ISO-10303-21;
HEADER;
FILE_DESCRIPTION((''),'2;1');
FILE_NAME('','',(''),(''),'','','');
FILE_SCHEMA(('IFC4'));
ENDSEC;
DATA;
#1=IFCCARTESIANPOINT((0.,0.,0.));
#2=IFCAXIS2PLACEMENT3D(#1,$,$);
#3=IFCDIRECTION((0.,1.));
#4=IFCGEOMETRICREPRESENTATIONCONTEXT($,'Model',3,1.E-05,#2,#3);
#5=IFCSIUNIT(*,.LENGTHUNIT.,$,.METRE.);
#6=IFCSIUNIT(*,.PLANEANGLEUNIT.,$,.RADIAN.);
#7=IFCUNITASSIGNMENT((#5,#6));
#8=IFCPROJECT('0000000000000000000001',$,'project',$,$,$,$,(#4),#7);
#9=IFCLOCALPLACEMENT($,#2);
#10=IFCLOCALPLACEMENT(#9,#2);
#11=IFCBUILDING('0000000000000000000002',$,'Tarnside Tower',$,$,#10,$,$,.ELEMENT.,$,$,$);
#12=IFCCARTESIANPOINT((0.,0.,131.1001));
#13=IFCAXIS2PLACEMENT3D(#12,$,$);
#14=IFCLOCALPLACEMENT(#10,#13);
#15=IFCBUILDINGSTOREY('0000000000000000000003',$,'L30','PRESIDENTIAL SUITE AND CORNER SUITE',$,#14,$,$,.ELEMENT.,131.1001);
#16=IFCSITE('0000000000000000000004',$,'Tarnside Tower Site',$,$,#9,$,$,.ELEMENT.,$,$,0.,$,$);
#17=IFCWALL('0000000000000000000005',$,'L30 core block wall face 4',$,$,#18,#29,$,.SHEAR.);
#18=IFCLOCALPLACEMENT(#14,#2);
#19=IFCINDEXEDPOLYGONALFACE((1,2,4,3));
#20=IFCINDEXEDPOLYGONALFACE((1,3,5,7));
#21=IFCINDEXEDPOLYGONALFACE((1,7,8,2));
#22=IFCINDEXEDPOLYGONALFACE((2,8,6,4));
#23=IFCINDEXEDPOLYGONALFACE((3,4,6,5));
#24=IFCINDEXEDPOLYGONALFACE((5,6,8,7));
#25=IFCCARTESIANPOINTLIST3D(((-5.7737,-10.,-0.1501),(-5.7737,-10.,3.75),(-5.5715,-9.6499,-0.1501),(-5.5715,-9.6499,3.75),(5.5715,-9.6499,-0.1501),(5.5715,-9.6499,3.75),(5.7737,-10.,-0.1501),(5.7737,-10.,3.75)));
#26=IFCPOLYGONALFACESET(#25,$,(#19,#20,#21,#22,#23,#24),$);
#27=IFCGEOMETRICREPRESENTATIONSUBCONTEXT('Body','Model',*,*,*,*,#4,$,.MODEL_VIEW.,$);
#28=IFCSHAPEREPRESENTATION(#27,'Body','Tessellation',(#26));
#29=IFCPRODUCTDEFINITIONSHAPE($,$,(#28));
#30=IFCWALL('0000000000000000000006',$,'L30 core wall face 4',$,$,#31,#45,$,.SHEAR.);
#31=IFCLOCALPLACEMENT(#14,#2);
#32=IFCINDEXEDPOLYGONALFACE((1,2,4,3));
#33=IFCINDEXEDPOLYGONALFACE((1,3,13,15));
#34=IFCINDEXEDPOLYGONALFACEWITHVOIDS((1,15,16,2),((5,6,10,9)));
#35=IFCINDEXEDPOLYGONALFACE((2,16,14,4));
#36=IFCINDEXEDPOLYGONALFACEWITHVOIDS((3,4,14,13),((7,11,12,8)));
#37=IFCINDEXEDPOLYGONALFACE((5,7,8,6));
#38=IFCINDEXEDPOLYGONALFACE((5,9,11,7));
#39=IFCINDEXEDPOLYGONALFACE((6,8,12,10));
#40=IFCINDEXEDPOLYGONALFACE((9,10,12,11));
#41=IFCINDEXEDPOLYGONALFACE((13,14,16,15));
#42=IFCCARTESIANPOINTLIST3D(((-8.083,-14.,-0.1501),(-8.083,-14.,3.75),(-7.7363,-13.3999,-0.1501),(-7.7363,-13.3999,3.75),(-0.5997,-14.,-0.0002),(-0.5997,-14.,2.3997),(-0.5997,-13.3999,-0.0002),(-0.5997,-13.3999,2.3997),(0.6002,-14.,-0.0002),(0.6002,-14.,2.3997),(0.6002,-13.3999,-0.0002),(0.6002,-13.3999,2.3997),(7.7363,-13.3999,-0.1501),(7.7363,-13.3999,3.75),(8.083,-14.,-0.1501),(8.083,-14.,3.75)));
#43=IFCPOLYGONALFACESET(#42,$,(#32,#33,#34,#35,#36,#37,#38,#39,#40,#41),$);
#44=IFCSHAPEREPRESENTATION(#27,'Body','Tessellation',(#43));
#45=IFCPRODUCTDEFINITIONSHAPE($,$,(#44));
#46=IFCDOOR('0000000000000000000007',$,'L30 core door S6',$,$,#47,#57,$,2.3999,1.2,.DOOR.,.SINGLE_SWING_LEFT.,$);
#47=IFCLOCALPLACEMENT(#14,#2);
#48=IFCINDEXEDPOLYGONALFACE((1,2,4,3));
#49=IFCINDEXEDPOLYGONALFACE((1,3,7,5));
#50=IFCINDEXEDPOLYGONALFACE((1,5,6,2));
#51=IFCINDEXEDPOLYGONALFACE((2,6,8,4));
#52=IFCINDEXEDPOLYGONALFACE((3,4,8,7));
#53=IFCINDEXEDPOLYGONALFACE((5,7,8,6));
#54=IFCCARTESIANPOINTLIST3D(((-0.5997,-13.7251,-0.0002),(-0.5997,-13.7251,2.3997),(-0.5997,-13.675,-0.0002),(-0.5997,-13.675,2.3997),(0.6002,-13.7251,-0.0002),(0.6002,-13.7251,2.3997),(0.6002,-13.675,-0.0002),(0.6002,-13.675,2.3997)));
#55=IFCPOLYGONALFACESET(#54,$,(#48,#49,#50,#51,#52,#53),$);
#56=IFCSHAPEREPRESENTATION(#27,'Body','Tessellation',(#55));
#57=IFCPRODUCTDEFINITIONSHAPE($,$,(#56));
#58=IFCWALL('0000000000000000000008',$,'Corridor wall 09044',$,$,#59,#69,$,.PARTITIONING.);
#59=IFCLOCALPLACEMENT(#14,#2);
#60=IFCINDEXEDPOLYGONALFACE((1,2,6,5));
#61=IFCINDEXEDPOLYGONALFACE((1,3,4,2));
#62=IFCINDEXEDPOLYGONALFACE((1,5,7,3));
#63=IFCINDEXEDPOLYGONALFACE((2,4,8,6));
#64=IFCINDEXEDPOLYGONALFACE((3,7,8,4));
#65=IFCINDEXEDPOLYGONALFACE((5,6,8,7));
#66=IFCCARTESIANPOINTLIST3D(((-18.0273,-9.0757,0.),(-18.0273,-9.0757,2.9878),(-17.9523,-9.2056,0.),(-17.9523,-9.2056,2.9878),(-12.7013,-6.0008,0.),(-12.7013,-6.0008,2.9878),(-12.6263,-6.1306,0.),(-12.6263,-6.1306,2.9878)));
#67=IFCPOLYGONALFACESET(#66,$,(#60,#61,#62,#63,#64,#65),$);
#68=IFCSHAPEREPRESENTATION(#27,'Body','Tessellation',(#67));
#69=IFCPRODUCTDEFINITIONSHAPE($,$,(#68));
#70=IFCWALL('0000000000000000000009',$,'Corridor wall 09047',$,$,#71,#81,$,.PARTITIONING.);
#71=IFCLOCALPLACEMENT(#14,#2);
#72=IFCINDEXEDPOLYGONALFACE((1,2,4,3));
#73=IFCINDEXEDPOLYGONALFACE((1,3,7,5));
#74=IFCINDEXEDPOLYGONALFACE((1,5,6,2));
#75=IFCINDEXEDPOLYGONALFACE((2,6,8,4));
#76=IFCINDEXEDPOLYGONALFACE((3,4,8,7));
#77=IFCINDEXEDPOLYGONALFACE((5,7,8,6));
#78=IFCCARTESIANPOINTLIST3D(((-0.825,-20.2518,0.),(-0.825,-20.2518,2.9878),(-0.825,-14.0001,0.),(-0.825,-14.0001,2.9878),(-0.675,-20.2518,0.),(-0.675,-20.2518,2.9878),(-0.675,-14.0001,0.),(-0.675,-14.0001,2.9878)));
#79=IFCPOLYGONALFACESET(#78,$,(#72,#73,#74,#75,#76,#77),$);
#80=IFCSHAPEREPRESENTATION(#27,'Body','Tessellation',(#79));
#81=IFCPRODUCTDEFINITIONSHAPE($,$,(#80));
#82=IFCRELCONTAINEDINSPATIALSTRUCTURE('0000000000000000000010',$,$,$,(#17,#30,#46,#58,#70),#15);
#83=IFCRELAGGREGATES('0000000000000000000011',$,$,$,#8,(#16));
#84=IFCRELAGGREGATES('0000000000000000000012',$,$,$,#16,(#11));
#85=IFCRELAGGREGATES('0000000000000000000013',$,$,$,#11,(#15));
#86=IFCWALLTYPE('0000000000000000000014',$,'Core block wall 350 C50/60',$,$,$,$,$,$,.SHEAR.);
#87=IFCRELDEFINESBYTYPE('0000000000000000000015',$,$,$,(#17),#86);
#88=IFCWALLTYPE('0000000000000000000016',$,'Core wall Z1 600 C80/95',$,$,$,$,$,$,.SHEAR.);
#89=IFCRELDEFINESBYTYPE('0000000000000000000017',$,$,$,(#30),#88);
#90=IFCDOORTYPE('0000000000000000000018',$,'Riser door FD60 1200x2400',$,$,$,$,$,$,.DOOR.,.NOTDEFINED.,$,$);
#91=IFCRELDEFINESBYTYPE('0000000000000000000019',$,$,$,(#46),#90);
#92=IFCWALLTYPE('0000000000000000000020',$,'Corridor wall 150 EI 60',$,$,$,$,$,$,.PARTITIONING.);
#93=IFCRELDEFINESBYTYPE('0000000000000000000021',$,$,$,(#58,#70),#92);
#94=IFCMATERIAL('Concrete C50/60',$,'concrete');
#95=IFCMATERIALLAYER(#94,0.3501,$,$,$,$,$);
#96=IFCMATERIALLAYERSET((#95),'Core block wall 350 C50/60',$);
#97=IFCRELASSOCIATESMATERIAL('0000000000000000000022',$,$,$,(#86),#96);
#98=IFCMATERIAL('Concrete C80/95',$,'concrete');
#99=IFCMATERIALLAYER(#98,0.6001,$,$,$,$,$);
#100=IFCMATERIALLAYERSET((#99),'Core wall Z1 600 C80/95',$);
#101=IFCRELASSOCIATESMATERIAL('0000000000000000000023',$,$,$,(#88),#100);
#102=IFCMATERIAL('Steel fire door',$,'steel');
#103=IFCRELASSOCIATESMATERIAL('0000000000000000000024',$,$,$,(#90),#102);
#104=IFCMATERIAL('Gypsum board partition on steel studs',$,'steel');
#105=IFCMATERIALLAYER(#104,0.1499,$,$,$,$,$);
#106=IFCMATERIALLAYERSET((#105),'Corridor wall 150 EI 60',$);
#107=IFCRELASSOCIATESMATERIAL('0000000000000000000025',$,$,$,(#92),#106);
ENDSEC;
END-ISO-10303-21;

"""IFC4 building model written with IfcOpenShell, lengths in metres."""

from ifc_helpers import new_model, si_unit, direction, frame, frame_2d, origin, place, context, subcontext, project, spatial, polyline, rectangle, outline, extrude, material, layer, layer_set, type_object, element, fill, save


model = new_model("IFC4")

# Units and contexts
model_context = context("Model", 3, precision=1e-05, world=origin(), true_north=direction((0.0, 1.0)))
body_context = subcontext(model_context, "Body", "Model", "MODEL_VIEW")
ifc_project = project(units=[si_unit("LENGTHUNIT", "METRE"), si_unit("PLANEANGLEUNIT", "RADIAN")], contexts=[model_context])

# Site, building, storey
site_placement = place(None, origin())
site = spatial("IfcSite", under=ifc_project, at=site_placement, Name="Tarnside Tower Site", CompositionType="ELEMENT", RefElevation=0.0)
building_placement = place(site_placement, origin())
building = spatial("IfcBuilding", under=site, at=building_placement, Name="Tarnside Tower", CompositionType="ELEMENT")
storey_placement = place(building_placement, frame((0.0, 0.0, 131.1001)))
storey = spatial("IfcBuildingStorey", under=building, at=storey_placement, Name="L30", Description="PRESIDENTIAL SUITE AND CORNER SUITE", CompositionType="ELEMENT", Elevation=131.1001)

# Wall
ifc_material_1 = material(Name="Concrete C50/60", Category="concrete")
ifc_layer_1 = layer(ifc_material_1, 0.3501)
ifc_layer_set_1 = layer_set([ifc_layer_1], Name="Core block wall 350 C50/60")
wall_type_1 = type_object("IfcWallType", Name="Core block wall 350 C50/60", PredefinedType="SHEAR", material=ifc_layer_set_1)
wall_1_placement = place(storey_placement, frame((-5.6726, -9.825, -0.1501), z_axis=(0.0, 0.0, 1.0), x_axis=(1.0, 0.0, 0.0)))
element("IfcWall", 1, at=wall_1_placement, inside=storey, type_object=wall_type_1, Name="L30 core block wall face 4", PredefinedType="SHEAR", context=body_context, shape_type="SweptSolid", body=[
    extrude(outline(polyline([(-0.1011, -0.175), (11.4463, -0.175), (11.2441, 0.175), (0.1011, 0.175), (-0.1011, -0.175)])), origin(), (0.0, 0.0, 1.0), 3.9001),
])

# Wall, opening, door
ifc_material_2 = material(Name="Concrete C80/95", Category="concrete")
ifc_layer_2 = layer(ifc_material_2, 0.6001)
ifc_layer_set_2 = layer_set([ifc_layer_2], Name="Core wall Z1 600 C80/95")
wall_type_2 = type_object("IfcWallType", Name="Core wall Z1 600 C80/95", PredefinedType="SHEAR", material=ifc_layer_set_2)
wall_2_placement = place(storey_placement, frame((-7.9097, -13.7, -0.1501), z_axis=(0.0, 0.0, 1.0), x_axis=(1.0, 0.0, 0.0)))
wall_2 = element("IfcWall", 2, at=wall_2_placement, inside=storey, type_object=wall_type_2, Name="L30 core wall face 4", PredefinedType="SHEAR", context=body_context, shape_type="SweptSolid", body=[
    extrude(outline(polyline([(-0.1733, -0.3), (15.9927, -0.3), (15.646, 0.3), (0.1733, 0.3), (-0.1733, -0.3)])), origin(), (0.0, 0.0, 1.0), 3.9001),
])
opening_1_placement = place(wall_2_placement, frame((7.3098, 0.0, 0.1499)))
opening_1 = element("IfcOpeningElement", 3, at=opening_1_placement, cuts=wall_2, PredefinedType="OPENING", context=body_context, shape_type="SweptSolid", body=[
    extrude(rectangle(XDim=1.2, YDim=2.3999, at=frame_2d((0.6001, 1.2))), frame((0.0, 0.3101, 0.0), z_axis=(0.0, -1.0, 0.0), x_axis=(1.0, 0.0, 0.0)), (0.0, 0.0, 1.0), 0.6201),
])
ifc_material_3 = material(Name="Steel fire door", Category="steel")
door_type_1 = type_object("IfcDoorType", Name="Riser door FD60 1200x2400", OperationType="NOTDEFINED", PredefinedType="DOOR", material=ifc_material_3)
door_1_placement = place(opening_1_placement, origin())
door_1 = element("IfcDoor", 4, at=door_1_placement, inside=storey, type_object=door_type_1, Name="L30 core door S6", OperationType="SINGLE_SWING_LEFT", OverallHeight=2.3999, OverallWidth=1.2, PredefinedType="DOOR", context=body_context, shape_type="SweptSolid", body=[
    extrude(rectangle(XDim=1.2, YDim=2.3999, at=frame_2d((0.6001, 1.2))), frame((0.0, 0.0249, 0.0), z_axis=(0.0, -1.0, 0.0), x_axis=(1.0, 0.0, 0.0)), (0.0, 0.0, 1.0), 0.05),
])
fill(opening_1, door_1)

# Walls
ifc_material_4 = material(Name="Gypsum board partition on steel studs", Category="steel")
ifc_layer_3 = layer(ifc_material_4, 0.1499)
ifc_layer_set_3 = layer_set([ifc_layer_3], Name="Corridor wall 150 EI 60")
wall_type_3 = type_object("IfcWallType", Name="Corridor wall 150 EI 60", PredefinedType="PARTITIONING", material=ifc_layer_set_3)
wall_3_placement = place(storey_placement, frame((-12.6638, -6.0657, 0.0), z_axis=(0.0, 0.0, 1.0), x_axis=(-0.866024, -0.500003, 0.0)))
element("IfcWall", 5, at=wall_3_placement, inside=storey, type_object=wall_type_3, Name="Corridor wall 09044", PredefinedType="PARTITIONING", context=body_context, shape_type="SweptSolid", body=[
    extrude(rectangle(XDim=6.1499, YDim=0.1499, at=frame_2d((3.075, 0.0))), origin(), (0.0, 0.0, 1.0), 2.9878),
])
wall_4_placement = place(storey_placement, frame((-0.75, -14.0, 0.0), z_axis=(0.0, 0.0, 1.0), x_axis=(0.0, -1.0, 0.0)))
element("IfcWall", 6, at=wall_4_placement, inside=storey, type_object=wall_type_3, Name="Corridor wall 09047", PredefinedType="PARTITIONING", context=body_context, shape_type="SweptSolid", body=[
    extrude(rectangle(XDim=6.2517, YDim=0.1499, at=frame_2d((3.126, 0.0))), origin(), (0.0, 0.0, 1.0), 2.9878),
])

save(model, "model.ifc")
